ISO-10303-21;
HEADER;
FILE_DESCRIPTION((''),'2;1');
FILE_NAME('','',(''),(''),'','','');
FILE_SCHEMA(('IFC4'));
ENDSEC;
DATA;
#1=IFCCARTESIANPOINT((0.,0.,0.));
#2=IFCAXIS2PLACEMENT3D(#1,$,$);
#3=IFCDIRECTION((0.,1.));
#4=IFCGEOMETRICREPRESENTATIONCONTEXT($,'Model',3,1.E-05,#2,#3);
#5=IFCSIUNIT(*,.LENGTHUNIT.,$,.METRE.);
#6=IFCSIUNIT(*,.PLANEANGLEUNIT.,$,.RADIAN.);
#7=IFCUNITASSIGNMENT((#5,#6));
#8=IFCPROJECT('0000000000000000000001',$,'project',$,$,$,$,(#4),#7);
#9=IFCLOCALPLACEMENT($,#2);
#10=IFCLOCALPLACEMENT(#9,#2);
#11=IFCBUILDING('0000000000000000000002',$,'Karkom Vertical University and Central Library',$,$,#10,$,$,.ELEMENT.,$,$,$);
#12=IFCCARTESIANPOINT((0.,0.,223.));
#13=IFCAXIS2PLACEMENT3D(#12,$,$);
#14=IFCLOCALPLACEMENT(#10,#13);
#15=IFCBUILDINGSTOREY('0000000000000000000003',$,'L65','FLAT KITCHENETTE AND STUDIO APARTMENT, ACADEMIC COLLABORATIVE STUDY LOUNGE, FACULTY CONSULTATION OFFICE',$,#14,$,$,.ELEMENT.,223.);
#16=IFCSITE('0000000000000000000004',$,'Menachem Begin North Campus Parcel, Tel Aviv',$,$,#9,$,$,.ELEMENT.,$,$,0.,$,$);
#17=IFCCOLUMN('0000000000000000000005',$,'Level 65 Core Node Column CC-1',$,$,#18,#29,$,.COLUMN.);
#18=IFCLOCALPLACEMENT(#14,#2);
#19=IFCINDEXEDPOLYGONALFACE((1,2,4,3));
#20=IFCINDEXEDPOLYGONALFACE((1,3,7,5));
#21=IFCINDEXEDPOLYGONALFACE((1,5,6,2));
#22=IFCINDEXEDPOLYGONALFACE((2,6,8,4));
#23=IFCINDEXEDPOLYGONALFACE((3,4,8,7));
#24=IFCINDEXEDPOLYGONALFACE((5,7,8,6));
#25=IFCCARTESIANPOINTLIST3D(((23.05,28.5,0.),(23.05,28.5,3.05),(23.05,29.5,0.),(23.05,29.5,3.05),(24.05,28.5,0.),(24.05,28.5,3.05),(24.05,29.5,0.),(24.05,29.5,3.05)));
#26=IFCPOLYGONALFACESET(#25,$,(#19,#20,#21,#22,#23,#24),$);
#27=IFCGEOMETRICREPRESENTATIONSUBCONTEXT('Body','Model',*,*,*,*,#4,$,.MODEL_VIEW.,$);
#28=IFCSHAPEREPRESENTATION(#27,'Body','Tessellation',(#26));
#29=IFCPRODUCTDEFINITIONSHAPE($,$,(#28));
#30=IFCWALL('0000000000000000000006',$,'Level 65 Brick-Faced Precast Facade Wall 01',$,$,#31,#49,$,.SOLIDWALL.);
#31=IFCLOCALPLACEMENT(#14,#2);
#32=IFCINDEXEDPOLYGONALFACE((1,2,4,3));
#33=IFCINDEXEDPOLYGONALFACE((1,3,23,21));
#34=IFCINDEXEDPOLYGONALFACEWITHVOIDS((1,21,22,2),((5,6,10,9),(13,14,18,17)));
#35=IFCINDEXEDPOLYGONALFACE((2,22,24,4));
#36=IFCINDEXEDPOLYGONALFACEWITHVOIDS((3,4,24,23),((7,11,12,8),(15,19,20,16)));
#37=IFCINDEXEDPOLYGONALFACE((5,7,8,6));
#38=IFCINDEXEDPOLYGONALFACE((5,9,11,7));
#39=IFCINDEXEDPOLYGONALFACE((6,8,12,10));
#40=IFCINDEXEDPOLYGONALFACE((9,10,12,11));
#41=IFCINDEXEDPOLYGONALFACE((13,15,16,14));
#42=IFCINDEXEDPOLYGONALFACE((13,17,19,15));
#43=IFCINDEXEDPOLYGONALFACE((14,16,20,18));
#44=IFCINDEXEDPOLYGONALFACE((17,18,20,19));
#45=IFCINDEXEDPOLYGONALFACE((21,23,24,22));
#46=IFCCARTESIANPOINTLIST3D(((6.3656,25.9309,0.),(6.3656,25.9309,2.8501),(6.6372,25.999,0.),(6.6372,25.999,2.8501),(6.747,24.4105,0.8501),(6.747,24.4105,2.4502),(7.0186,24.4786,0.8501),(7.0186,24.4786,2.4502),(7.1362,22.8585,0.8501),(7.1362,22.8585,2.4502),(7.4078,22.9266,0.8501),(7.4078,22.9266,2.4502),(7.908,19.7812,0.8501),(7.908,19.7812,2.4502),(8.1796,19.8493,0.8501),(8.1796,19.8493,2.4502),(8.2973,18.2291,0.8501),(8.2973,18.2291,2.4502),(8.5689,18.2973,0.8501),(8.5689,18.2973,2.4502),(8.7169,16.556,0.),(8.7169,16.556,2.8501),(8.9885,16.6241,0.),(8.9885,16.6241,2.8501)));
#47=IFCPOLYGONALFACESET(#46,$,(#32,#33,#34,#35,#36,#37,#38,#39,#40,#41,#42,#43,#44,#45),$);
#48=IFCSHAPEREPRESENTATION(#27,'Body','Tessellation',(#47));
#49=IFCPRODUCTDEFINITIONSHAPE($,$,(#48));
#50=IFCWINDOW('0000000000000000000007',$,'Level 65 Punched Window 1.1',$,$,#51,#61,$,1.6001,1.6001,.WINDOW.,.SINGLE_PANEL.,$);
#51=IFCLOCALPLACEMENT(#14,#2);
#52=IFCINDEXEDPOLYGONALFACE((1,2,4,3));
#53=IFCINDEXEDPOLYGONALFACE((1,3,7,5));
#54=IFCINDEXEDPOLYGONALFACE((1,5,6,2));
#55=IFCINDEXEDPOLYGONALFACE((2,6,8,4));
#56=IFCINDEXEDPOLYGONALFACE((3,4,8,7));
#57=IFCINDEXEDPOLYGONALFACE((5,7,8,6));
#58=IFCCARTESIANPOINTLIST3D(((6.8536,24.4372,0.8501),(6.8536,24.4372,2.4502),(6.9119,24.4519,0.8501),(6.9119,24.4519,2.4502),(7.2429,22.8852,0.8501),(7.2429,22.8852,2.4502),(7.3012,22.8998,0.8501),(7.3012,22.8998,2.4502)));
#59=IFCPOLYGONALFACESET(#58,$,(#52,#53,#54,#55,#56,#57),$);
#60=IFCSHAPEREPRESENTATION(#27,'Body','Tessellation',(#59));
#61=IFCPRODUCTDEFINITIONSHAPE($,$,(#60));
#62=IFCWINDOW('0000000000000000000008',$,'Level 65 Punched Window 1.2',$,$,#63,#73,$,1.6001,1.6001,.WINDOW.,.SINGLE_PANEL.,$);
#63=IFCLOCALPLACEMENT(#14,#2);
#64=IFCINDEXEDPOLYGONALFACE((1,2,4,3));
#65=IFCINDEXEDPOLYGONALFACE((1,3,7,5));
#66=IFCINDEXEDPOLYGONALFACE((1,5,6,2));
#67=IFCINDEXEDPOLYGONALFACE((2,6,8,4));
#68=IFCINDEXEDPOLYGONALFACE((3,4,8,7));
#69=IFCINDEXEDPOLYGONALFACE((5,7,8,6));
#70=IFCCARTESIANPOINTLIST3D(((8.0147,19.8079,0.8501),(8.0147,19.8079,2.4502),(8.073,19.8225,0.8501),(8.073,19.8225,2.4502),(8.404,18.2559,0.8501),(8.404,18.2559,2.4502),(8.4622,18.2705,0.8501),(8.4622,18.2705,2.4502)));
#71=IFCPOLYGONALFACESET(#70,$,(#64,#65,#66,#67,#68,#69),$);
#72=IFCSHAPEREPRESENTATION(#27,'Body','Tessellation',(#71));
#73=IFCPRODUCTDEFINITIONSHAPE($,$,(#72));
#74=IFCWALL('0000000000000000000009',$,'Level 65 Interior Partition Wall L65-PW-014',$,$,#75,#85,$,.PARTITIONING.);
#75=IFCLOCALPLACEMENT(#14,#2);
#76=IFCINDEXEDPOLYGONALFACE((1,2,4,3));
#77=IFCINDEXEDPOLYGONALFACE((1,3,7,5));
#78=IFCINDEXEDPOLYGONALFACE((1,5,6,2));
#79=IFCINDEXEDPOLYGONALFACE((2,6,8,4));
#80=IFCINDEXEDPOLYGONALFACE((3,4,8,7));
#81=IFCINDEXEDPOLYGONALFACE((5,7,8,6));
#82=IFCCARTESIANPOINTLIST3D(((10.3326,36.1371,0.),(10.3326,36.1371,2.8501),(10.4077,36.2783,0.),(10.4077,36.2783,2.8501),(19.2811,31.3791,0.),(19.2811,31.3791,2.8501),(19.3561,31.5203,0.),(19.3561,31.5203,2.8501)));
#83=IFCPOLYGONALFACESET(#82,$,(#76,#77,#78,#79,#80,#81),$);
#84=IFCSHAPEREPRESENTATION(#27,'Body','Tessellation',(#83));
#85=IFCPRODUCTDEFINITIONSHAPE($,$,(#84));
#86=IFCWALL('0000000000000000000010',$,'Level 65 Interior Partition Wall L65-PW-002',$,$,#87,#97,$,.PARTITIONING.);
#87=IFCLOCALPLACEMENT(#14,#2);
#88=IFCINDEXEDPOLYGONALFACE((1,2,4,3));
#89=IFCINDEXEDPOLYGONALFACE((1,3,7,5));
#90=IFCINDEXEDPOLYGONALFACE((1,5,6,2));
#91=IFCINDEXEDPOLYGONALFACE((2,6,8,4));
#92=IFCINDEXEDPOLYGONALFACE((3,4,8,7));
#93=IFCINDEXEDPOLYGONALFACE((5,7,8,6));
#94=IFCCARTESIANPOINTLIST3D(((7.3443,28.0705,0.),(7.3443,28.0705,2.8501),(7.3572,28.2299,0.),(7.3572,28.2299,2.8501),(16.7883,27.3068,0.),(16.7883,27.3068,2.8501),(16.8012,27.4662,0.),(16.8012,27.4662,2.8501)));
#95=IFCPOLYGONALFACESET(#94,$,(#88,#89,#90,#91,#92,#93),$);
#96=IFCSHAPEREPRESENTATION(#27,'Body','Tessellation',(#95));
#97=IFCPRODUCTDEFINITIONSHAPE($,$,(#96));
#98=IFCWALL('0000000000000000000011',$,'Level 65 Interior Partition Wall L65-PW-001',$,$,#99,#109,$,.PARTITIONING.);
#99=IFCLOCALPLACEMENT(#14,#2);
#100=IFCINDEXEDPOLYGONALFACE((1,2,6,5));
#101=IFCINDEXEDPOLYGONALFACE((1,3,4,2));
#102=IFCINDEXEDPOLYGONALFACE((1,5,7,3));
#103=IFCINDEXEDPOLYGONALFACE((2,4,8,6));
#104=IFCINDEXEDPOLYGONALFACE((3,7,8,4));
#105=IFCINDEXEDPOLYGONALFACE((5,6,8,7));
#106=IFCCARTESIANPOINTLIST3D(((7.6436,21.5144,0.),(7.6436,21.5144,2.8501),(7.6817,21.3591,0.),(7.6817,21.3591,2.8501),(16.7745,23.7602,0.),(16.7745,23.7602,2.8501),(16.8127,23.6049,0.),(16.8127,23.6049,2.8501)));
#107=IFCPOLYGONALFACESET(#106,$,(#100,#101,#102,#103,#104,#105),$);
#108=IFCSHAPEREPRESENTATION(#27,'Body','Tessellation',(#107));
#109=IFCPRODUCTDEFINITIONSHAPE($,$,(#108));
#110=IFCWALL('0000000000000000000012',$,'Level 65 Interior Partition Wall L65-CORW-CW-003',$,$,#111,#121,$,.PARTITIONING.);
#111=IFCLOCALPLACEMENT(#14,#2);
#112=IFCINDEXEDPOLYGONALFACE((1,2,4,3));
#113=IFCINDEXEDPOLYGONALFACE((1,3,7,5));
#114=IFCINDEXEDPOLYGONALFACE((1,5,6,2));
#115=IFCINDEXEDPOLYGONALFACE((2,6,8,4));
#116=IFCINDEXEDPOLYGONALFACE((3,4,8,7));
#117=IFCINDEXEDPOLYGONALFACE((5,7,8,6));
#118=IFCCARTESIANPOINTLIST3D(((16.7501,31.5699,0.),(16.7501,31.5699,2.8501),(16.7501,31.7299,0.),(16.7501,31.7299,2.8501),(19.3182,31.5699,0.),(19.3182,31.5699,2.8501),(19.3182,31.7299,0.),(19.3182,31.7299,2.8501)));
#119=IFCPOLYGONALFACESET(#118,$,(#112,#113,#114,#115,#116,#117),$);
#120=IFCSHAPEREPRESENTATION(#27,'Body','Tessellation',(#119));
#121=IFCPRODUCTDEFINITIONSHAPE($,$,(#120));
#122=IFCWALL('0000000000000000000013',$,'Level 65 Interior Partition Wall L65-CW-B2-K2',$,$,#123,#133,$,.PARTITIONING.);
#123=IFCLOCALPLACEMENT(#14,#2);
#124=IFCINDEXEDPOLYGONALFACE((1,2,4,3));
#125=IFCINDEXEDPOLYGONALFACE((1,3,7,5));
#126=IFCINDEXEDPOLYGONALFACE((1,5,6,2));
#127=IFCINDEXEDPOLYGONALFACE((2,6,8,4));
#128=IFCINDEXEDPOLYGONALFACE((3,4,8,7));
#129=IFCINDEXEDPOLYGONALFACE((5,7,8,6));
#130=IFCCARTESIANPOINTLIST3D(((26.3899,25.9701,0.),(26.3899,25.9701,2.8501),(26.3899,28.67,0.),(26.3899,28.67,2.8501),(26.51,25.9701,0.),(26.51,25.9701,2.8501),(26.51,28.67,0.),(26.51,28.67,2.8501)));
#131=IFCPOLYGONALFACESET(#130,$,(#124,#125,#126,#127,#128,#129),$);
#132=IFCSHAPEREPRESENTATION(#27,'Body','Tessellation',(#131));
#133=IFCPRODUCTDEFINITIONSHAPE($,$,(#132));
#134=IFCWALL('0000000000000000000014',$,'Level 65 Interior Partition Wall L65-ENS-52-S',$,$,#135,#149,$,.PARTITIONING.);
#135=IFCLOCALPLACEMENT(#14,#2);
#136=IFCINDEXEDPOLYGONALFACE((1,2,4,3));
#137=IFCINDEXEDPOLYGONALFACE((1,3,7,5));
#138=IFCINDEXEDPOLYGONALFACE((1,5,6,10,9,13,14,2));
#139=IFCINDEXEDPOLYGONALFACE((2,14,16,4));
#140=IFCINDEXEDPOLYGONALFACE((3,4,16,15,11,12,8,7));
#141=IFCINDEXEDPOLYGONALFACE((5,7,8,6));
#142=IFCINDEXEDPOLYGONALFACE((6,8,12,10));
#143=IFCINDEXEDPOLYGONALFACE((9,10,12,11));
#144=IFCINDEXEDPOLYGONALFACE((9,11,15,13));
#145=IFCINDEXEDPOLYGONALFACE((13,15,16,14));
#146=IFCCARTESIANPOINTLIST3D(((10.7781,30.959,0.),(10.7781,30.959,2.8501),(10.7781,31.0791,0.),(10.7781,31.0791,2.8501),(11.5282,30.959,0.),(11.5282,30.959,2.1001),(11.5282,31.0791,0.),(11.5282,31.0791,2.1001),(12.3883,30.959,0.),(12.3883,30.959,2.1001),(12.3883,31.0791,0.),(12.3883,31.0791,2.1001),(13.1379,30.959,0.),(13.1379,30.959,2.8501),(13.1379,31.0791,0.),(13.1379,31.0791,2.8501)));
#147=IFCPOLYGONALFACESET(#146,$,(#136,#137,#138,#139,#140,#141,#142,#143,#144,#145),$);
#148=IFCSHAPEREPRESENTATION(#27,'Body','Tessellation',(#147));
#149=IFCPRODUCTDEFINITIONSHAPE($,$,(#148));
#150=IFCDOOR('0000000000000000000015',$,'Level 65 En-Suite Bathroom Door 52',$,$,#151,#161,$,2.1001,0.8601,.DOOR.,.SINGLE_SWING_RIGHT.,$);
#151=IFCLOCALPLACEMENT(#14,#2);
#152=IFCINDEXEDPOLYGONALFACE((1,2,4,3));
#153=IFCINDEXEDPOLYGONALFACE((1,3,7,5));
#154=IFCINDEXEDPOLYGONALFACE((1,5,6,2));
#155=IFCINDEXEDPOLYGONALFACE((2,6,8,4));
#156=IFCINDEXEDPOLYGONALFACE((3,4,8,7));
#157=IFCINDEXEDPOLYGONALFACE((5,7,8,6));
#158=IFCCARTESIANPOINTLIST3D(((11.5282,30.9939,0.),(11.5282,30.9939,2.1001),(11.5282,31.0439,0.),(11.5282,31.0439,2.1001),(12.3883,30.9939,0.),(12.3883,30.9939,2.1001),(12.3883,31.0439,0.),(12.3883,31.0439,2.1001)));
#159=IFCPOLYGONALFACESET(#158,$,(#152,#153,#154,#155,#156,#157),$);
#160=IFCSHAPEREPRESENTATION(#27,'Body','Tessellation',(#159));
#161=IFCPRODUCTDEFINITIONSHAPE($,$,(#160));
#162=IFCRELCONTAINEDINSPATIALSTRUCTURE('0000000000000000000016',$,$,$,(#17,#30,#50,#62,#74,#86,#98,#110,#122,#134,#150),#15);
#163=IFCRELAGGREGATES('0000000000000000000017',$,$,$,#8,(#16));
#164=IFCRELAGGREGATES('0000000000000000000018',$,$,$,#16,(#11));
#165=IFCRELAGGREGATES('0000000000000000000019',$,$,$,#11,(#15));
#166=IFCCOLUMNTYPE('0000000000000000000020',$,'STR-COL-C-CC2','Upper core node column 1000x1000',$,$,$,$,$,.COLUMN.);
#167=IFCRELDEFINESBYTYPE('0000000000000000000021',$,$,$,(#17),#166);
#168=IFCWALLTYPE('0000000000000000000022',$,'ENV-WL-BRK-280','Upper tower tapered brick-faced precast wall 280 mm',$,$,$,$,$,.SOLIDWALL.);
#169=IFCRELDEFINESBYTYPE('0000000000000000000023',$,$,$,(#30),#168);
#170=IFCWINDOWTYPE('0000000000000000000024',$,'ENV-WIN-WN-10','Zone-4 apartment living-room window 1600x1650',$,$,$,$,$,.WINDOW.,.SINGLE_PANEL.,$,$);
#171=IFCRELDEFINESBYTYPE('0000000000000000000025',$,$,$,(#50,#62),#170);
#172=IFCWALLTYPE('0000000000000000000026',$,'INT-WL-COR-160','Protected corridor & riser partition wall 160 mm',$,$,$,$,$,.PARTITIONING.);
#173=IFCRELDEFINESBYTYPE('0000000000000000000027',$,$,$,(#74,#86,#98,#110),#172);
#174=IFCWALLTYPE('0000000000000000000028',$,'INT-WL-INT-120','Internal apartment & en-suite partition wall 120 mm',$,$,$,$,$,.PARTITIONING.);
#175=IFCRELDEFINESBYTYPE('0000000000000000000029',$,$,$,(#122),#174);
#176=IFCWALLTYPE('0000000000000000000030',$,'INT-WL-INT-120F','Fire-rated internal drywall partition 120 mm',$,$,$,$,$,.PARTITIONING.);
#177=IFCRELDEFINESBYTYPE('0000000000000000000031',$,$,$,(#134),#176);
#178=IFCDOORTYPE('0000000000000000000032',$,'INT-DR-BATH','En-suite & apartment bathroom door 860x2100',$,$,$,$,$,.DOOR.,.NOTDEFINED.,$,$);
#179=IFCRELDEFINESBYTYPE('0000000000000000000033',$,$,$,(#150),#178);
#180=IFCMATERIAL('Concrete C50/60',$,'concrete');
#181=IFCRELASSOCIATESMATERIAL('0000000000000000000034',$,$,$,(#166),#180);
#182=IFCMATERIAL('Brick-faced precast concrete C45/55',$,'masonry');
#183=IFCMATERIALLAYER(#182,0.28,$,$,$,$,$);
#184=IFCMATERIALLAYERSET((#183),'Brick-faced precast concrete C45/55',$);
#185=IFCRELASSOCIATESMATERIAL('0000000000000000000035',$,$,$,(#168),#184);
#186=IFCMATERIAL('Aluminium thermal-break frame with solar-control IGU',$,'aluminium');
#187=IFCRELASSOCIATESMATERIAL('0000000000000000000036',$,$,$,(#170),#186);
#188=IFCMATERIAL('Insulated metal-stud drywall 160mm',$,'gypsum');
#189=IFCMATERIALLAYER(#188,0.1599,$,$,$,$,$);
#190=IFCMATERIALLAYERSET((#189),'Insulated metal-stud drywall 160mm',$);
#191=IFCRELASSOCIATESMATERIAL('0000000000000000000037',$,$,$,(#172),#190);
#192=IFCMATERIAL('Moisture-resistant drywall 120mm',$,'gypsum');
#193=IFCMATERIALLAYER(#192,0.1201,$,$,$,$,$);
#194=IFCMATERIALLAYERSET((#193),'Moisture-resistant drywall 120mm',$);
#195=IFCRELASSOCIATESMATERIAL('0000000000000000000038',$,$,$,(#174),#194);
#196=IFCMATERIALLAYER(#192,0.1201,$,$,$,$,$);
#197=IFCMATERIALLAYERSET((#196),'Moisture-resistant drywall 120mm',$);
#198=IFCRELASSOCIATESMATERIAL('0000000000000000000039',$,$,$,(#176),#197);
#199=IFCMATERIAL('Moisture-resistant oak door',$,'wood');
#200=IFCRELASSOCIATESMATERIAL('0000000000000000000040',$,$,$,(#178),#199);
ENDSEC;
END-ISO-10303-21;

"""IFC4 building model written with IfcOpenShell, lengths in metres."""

from ifc_helpers import new_model, si_unit, direction, frame, frame_2d, origin, origin_with_axes, origin_2d, place, context, subcontext, project, spatial, rectangle, extrude, source, transform, mapped, material, layer, layer_set, material_profile, profile_set, type_object, element, fill, save


model = new_model("IFC4")

# Units and contexts
model_context = context("Model", 3, precision=1e-05, world=origin(), true_north=direction((0.0, 1.0)))
body_context = subcontext(model_context, "Body", "Model", "MODEL_VIEW")
ifc_project = project(units=[si_unit("LENGTHUNIT", "METRE"), si_unit("PLANEANGLEUNIT", "RADIAN")], contexts=[model_context])

# Site, building, storey
site_placement = place(None, origin())
site = spatial("IfcSite", under=ifc_project, at=site_placement, Name="Menachem Begin North Campus Parcel, Tel Aviv", CompositionType="ELEMENT", RefElevation=0.0)
building_placement = place(site_placement, origin())
building = spatial("IfcBuilding", under=site, at=building_placement, Name="Karkom Vertical University and Central Library", CompositionType="ELEMENT")
storey_placement = place(building_placement, frame((0.0, 0.0, 223.0)))
storey = spatial("IfcBuildingStorey", under=building, at=storey_placement, Name="L65", Description="FLAT KITCHENETTE AND STUDIO APARTMENT, ACADEMIC COLLABORATIVE STUDY LOUNGE, FACULTY CONSULTATION OFFICE", CompositionType="ELEMENT", Elevation=223.0)

# Column
ifc_material_1 = material(Name="Concrete C50/60", Category="concrete")
ifc_material_profile = material_profile(ifc_material_1, rectangle(XDim=1.0, YDim=1.0, at=origin_2d()), Name="RC-1000x1000")
ifc_profile_set = profile_set([ifc_material_profile], Name="Concrete C50/60")
column_type = type_object("IfcColumnType", Name="STR-COL-C-CC2", Description="Upper core node column 1000x1000", PredefinedType="COLUMN", material=ifc_profile_set)
shared_shape_1 = source(origin_with_axes(), body_context, "Body", "SweptSolid", [
    extrude(rectangle(XDim=1.0, YDim=1.0, at=origin_2d()), origin(), (0.0, 0.0, 1.0), 3.05),
])
column_placement = place(storey_placement, frame((23.55, 29.0, 0.0), z_axis=(0.0, 0.0, 1.0), x_axis=(1.0, 0.0, 0.0)))
element("IfcColumn", 1, at=column_placement, inside=storey, type_object=column_type, Name="Level 65 Core Node Column CC-1", PredefinedType="COLUMN", context=body_context, shape_type="MappedRepresentation", body=[
    mapped(shared_shape_1, transform((0.0, 0.0, 0.0), scale=1.0)),
])

# Wall, openings, windows
ifc_material_2 = material(Name="Brick-faced precast concrete C45/55", Category="masonry")
ifc_layer_1 = layer(ifc_material_2, 0.28)
ifc_layer_set_1 = layer_set([ifc_layer_1], Name="Brick-faced precast concrete C45/55")
wall_type_1 = type_object("IfcWallType", Name="ENV-WL-BRK-280", Description="Upper tower tapered brick-faced precast wall 280 mm", PredefinedType="SOLIDWALL", material=ifc_layer_set_1)
wall_1_placement = place(storey_placement, frame((6.5015, 25.9648, 0.0), z_axis=(0.0, 0.0, 1.0), x_axis=(0.243273, -0.969958, 0.0)))
wall_1 = element("IfcWall", 2, at=wall_1_placement, inside=storey, type_object=wall_type_1, Name="Level 65 Brick-Faced Precast Facade Wall 01", PredefinedType="SOLIDWALL", context=body_context, shape_type="SweptSolid", body=[
    extrude(rectangle(XDim=9.6653, YDim=0.28, at=frame_2d((4.8325, 0.0))), origin(), (0.0, 0.0, 1.0), 2.8501),
])
opening_1_placement = place(wall_1_placement, frame((1.5674, 0.0, 0.8501)))
opening_1 = element("IfcOpeningElement", 3, at=opening_1_placement, cuts=wall_1, PredefinedType="OPENING", context=body_context, shape_type="SweptSolid", body=[
    extrude(rectangle(XDim=1.6001, YDim=1.6001, at=frame_2d((0.8, 0.8))), frame((0.0, 0.1499, 0.0), z_axis=(0.0, -1.0, 0.0), x_axis=(1.0, 0.0, 0.0)), (0.0, 0.0, 1.0), 0.3),
])
opening_2_placement = place(wall_1_placement, frame((6.3401, 0.0, 0.8501)))
opening_2 = element("IfcOpeningElement", 4, at=opening_2_placement, cuts=wall_1, PredefinedType="OPENING", context=body_context, shape_type="SweptSolid", body=[
    extrude(rectangle(XDim=1.6001, YDim=1.6001, at=frame_2d((0.8, 0.8))), frame((0.0, 0.1499, 0.0), z_axis=(0.0, -1.0, 0.0), x_axis=(1.0, 0.0, 0.0)), (0.0, 0.0, 1.0), 0.3),
])
ifc_material_3 = material(Name="Aluminium thermal-break frame with solar-control IGU", Category="aluminium")
window_type = type_object("IfcWindowType", Name="ENV-WIN-WN-10", Description="Zone-4 apartment living-room window 1600x1650", PartitioningType="SINGLE_PANEL", PredefinedType="WINDOW", material=ifc_material_3)
shared_shape_2 = source(origin_with_axes(), body_context, "Body", "SweptSolid", [
    extrude(rectangle(XDim=1.6001, YDim=1.6001, at=frame_2d((0.8, 0.8))), frame((0.0, 0.03, 0.0), z_axis=(0.0, -1.0, 0.0), x_axis=(1.0, 0.0, 0.0)), (0.0, 0.0, 1.0), 0.0601),
])
window_1_placement = place(opening_1_placement, origin())
window_1 = element("IfcWindow", 5, at=window_1_placement, inside=storey, type_object=window_type, Name="Level 65 Punched Window 1.1", OverallHeight=1.6001, OverallWidth=1.6001, PartitioningType="SINGLE_PANEL", PredefinedType="WINDOW", context=body_context, shape_type="MappedRepresentation", body=[
    mapped(shared_shape_2, transform((0.0, 0.0, 0.0), scale=1.0)),
])
fill(opening_1, window_1)
window_2_placement = place(opening_2_placement, origin())
window_2 = element("IfcWindow", 6, at=window_2_placement, inside=storey, type_object=window_type, Name="Level 65 Punched Window 1.2", OverallHeight=1.6001, OverallWidth=1.6001, PartitioningType="SINGLE_PANEL", PredefinedType="WINDOW", context=body_context, shape_type="MappedRepresentation", body=[
    mapped(shared_shape_2, transform((0.0, 0.0, 0.0), scale=1.0)),
])
fill(opening_2, window_2)

# Walls
ifc_material_4 = material(Name="Insulated metal-stud drywall 160mm", Category="gypsum")
ifc_layer_2 = layer(ifc_material_4, 0.1599)
ifc_layer_set_2 = layer_set([ifc_layer_2], Name="Insulated metal-stud drywall 160mm")
wall_type_2 = type_object("IfcWallType", Name="INT-WL-COR-160", Description="Protected corridor & riser partition wall 160 mm", PredefinedType="PARTITIONING", material=ifc_layer_set_2)
wall_2_placement = place(storey_placement, frame((19.3186, 31.4497, 0.0), z_axis=(0.0, 0.0, 1.0), x_axis=(-0.882945, 0.469476, 0.0)))
element("IfcWall", 7, at=wall_2_placement, inside=storey, type_object=wall_type_2, Name="Level 65 Interior Partition Wall L65-PW-014", PredefinedType="PARTITIONING", context=body_context, shape_type="SweptSolid", body=[
    extrude(rectangle(XDim=10.1348, YDim=0.1599, at=frame_2d((5.0674, 0.0))), origin(), (0.0, 0.0, 1.0), 2.8501),
])
wall_3_placement = place(storey_placement, frame((7.3508, 28.1501, 0.0), z_axis=(0.0, 0.0, 1.0), x_axis=(0.996747, -0.080599, 0.0)))
element("IfcWall", 8, at=wall_3_placement, inside=storey, type_object=wall_type_2, Name="Level 65 Interior Partition Wall L65-PW-002", PredefinedType="PARTITIONING", context=body_context, shape_type="SweptSolid", body=[
    extrude(rectangle(XDim=9.4749, YDim=0.1599, at=frame_2d((4.7373, 0.0))), origin(), (0.0, 0.0, 1.0), 2.8501),
])
wall_4_placement = place(storey_placement, frame((16.7937, 23.6826, 0.0), z_axis=(0.0, 0.0, 1.0), x_axis=(-0.971058, -0.238844, 0.0)))
element("IfcWall", 9, at=wall_4_placement, inside=storey, type_object=wall_type_2, Name="Level 65 Interior Partition Wall L65-PW-001", PredefinedType="PARTITIONING", context=body_context, shape_type="SweptSolid", body=[
    extrude(rectangle(XDim=9.4031, YDim=0.1599, at=frame_2d((4.7017, 0.0))), origin(), (0.0, 0.0, 1.0), 2.8501),
])
wall_5_placement = place(storey_placement, frame((16.75, 31.6499, 0.0), z_axis=(0.0, 0.0, 1.0), x_axis=(1.0, 0.0, 0.0)))
element("IfcWall", 10, at=wall_5_placement, inside=storey, type_object=wall_type_2, Name="Level 65 Interior Partition Wall L65-CORW-CW-003", PredefinedType="PARTITIONING", context=body_context, shape_type="SweptSolid", body=[
    extrude(rectangle(XDim=2.5681, YDim=0.1599, at=frame_2d((1.2842, 0.0))), origin(), (0.0, 0.0, 1.0), 2.8501),
])
ifc_material_5 = material(Name="Moisture-resistant drywall 120mm", Category="gypsum")
ifc_layer_3 = layer(ifc_material_5, 0.1201)
ifc_layer_set_3 = layer_set([ifc_layer_3], Name="Moisture-resistant drywall 120mm")
wall_type_3 = type_object("IfcWallType", Name="INT-WL-INT-120", Description="Internal apartment & en-suite partition wall 120 mm", PredefinedType="PARTITIONING", material=ifc_layer_set_3)
wall_6_placement = place(storey_placement, frame((26.45, 25.97, 0.0), z_axis=(0.0, 0.0, 1.0), x_axis=(0.0, 1.0, 0.0)))
element("IfcWall", 11, at=wall_6_placement, inside=storey, type_object=wall_type_3, Name="Level 65 Interior Partition Wall L65-CW-B2-K2", PredefinedType="PARTITIONING", context=body_context, shape_type="SweptSolid", body=[
    extrude(rectangle(XDim=2.7, YDim=0.1201, at=frame_2d((1.3501, 0.0))), origin(), (0.0, 0.0, 1.0), 2.8501),
])

# Wall, opening, door
ifc_layer_4 = layer(ifc_material_5, 0.1201)
ifc_layer_set_4 = layer_set([ifc_layer_4], Name="Moisture-resistant drywall 120mm")
wall_type_4 = type_object("IfcWallType", Name="INT-WL-INT-120F", Description="Fire-rated internal drywall partition 120 mm", PredefinedType="PARTITIONING", material=ifc_layer_set_4)
wall_7_placement = place(storey_placement, frame((10.7781, 31.019, 0.0), z_axis=(0.0, 0.0, 1.0), x_axis=(1.0, 0.0, 0.0)))
wall_7 = element("IfcWall", 12, at=wall_7_placement, inside=storey, type_object=wall_type_4, Name="Level 65 Interior Partition Wall L65-ENS-52-S", PredefinedType="PARTITIONING", context=body_context, shape_type="SweptSolid", body=[
    extrude(rectangle(XDim=2.3599, YDim=0.1201, at=frame_2d((1.1799, 0.0))), origin(), (0.0, 0.0, 1.0), 2.8501),
])
opening_3_placement = place(wall_7_placement, frame((0.75, 0.0, 0.0)))
opening_3 = element("IfcOpeningElement", 13, at=opening_3_placement, cuts=wall_7, PredefinedType="OPENING", context=body_context, shape_type="SweptSolid", body=[
    extrude(rectangle(XDim=0.8601, YDim=2.1001, at=frame_2d((0.4302, 1.05))), frame((0.0, 0.0701, 0.0), z_axis=(0.0, -1.0, 0.0), x_axis=(1.0, 0.0, 0.0)), (0.0, 0.0, 1.0), 0.1401),
])
ifc_material_6 = material(Name="Moisture-resistant oak door", Category="wood")
door_type_1 = type_object("IfcDoorType", Name="INT-DR-BATH", Description="En-suite & apartment bathroom door 860x2100", OperationType="NOTDEFINED", PredefinedType="DOOR", material=ifc_material_6)
shared_shape_3 = source(origin_with_axes(), body_context, "Body", "SweptSolid", [
    extrude(rectangle(XDim=0.8601, YDim=2.1001, at=frame_2d((0.4302, 1.05))), frame((0.0, 0.0249, 0.0), z_axis=(0.0, -1.0, 0.0), x_axis=(1.0, 0.0, 0.0)), (0.0, 0.0, 1.0), 0.05),
])
door_1_placement = place(opening_3_placement, origin())
door_1 = element("IfcDoor", 14, at=door_1_placement, inside=storey, type_object=door_type_1, Name="Level 65 En-Suite Bathroom Door 52", OperationType="SINGLE_SWING_RIGHT", OverallHeight=2.1001, OverallWidth=0.8601, PredefinedType="DOOR", context=body_context, shape_type="MappedRepresentation", body=[
    mapped(shared_shape_3, transform((0.0, 0.0, 0.0), scale=1.0)),
])
fill(opening_3, door_1)

save(model, "model.ifc")
